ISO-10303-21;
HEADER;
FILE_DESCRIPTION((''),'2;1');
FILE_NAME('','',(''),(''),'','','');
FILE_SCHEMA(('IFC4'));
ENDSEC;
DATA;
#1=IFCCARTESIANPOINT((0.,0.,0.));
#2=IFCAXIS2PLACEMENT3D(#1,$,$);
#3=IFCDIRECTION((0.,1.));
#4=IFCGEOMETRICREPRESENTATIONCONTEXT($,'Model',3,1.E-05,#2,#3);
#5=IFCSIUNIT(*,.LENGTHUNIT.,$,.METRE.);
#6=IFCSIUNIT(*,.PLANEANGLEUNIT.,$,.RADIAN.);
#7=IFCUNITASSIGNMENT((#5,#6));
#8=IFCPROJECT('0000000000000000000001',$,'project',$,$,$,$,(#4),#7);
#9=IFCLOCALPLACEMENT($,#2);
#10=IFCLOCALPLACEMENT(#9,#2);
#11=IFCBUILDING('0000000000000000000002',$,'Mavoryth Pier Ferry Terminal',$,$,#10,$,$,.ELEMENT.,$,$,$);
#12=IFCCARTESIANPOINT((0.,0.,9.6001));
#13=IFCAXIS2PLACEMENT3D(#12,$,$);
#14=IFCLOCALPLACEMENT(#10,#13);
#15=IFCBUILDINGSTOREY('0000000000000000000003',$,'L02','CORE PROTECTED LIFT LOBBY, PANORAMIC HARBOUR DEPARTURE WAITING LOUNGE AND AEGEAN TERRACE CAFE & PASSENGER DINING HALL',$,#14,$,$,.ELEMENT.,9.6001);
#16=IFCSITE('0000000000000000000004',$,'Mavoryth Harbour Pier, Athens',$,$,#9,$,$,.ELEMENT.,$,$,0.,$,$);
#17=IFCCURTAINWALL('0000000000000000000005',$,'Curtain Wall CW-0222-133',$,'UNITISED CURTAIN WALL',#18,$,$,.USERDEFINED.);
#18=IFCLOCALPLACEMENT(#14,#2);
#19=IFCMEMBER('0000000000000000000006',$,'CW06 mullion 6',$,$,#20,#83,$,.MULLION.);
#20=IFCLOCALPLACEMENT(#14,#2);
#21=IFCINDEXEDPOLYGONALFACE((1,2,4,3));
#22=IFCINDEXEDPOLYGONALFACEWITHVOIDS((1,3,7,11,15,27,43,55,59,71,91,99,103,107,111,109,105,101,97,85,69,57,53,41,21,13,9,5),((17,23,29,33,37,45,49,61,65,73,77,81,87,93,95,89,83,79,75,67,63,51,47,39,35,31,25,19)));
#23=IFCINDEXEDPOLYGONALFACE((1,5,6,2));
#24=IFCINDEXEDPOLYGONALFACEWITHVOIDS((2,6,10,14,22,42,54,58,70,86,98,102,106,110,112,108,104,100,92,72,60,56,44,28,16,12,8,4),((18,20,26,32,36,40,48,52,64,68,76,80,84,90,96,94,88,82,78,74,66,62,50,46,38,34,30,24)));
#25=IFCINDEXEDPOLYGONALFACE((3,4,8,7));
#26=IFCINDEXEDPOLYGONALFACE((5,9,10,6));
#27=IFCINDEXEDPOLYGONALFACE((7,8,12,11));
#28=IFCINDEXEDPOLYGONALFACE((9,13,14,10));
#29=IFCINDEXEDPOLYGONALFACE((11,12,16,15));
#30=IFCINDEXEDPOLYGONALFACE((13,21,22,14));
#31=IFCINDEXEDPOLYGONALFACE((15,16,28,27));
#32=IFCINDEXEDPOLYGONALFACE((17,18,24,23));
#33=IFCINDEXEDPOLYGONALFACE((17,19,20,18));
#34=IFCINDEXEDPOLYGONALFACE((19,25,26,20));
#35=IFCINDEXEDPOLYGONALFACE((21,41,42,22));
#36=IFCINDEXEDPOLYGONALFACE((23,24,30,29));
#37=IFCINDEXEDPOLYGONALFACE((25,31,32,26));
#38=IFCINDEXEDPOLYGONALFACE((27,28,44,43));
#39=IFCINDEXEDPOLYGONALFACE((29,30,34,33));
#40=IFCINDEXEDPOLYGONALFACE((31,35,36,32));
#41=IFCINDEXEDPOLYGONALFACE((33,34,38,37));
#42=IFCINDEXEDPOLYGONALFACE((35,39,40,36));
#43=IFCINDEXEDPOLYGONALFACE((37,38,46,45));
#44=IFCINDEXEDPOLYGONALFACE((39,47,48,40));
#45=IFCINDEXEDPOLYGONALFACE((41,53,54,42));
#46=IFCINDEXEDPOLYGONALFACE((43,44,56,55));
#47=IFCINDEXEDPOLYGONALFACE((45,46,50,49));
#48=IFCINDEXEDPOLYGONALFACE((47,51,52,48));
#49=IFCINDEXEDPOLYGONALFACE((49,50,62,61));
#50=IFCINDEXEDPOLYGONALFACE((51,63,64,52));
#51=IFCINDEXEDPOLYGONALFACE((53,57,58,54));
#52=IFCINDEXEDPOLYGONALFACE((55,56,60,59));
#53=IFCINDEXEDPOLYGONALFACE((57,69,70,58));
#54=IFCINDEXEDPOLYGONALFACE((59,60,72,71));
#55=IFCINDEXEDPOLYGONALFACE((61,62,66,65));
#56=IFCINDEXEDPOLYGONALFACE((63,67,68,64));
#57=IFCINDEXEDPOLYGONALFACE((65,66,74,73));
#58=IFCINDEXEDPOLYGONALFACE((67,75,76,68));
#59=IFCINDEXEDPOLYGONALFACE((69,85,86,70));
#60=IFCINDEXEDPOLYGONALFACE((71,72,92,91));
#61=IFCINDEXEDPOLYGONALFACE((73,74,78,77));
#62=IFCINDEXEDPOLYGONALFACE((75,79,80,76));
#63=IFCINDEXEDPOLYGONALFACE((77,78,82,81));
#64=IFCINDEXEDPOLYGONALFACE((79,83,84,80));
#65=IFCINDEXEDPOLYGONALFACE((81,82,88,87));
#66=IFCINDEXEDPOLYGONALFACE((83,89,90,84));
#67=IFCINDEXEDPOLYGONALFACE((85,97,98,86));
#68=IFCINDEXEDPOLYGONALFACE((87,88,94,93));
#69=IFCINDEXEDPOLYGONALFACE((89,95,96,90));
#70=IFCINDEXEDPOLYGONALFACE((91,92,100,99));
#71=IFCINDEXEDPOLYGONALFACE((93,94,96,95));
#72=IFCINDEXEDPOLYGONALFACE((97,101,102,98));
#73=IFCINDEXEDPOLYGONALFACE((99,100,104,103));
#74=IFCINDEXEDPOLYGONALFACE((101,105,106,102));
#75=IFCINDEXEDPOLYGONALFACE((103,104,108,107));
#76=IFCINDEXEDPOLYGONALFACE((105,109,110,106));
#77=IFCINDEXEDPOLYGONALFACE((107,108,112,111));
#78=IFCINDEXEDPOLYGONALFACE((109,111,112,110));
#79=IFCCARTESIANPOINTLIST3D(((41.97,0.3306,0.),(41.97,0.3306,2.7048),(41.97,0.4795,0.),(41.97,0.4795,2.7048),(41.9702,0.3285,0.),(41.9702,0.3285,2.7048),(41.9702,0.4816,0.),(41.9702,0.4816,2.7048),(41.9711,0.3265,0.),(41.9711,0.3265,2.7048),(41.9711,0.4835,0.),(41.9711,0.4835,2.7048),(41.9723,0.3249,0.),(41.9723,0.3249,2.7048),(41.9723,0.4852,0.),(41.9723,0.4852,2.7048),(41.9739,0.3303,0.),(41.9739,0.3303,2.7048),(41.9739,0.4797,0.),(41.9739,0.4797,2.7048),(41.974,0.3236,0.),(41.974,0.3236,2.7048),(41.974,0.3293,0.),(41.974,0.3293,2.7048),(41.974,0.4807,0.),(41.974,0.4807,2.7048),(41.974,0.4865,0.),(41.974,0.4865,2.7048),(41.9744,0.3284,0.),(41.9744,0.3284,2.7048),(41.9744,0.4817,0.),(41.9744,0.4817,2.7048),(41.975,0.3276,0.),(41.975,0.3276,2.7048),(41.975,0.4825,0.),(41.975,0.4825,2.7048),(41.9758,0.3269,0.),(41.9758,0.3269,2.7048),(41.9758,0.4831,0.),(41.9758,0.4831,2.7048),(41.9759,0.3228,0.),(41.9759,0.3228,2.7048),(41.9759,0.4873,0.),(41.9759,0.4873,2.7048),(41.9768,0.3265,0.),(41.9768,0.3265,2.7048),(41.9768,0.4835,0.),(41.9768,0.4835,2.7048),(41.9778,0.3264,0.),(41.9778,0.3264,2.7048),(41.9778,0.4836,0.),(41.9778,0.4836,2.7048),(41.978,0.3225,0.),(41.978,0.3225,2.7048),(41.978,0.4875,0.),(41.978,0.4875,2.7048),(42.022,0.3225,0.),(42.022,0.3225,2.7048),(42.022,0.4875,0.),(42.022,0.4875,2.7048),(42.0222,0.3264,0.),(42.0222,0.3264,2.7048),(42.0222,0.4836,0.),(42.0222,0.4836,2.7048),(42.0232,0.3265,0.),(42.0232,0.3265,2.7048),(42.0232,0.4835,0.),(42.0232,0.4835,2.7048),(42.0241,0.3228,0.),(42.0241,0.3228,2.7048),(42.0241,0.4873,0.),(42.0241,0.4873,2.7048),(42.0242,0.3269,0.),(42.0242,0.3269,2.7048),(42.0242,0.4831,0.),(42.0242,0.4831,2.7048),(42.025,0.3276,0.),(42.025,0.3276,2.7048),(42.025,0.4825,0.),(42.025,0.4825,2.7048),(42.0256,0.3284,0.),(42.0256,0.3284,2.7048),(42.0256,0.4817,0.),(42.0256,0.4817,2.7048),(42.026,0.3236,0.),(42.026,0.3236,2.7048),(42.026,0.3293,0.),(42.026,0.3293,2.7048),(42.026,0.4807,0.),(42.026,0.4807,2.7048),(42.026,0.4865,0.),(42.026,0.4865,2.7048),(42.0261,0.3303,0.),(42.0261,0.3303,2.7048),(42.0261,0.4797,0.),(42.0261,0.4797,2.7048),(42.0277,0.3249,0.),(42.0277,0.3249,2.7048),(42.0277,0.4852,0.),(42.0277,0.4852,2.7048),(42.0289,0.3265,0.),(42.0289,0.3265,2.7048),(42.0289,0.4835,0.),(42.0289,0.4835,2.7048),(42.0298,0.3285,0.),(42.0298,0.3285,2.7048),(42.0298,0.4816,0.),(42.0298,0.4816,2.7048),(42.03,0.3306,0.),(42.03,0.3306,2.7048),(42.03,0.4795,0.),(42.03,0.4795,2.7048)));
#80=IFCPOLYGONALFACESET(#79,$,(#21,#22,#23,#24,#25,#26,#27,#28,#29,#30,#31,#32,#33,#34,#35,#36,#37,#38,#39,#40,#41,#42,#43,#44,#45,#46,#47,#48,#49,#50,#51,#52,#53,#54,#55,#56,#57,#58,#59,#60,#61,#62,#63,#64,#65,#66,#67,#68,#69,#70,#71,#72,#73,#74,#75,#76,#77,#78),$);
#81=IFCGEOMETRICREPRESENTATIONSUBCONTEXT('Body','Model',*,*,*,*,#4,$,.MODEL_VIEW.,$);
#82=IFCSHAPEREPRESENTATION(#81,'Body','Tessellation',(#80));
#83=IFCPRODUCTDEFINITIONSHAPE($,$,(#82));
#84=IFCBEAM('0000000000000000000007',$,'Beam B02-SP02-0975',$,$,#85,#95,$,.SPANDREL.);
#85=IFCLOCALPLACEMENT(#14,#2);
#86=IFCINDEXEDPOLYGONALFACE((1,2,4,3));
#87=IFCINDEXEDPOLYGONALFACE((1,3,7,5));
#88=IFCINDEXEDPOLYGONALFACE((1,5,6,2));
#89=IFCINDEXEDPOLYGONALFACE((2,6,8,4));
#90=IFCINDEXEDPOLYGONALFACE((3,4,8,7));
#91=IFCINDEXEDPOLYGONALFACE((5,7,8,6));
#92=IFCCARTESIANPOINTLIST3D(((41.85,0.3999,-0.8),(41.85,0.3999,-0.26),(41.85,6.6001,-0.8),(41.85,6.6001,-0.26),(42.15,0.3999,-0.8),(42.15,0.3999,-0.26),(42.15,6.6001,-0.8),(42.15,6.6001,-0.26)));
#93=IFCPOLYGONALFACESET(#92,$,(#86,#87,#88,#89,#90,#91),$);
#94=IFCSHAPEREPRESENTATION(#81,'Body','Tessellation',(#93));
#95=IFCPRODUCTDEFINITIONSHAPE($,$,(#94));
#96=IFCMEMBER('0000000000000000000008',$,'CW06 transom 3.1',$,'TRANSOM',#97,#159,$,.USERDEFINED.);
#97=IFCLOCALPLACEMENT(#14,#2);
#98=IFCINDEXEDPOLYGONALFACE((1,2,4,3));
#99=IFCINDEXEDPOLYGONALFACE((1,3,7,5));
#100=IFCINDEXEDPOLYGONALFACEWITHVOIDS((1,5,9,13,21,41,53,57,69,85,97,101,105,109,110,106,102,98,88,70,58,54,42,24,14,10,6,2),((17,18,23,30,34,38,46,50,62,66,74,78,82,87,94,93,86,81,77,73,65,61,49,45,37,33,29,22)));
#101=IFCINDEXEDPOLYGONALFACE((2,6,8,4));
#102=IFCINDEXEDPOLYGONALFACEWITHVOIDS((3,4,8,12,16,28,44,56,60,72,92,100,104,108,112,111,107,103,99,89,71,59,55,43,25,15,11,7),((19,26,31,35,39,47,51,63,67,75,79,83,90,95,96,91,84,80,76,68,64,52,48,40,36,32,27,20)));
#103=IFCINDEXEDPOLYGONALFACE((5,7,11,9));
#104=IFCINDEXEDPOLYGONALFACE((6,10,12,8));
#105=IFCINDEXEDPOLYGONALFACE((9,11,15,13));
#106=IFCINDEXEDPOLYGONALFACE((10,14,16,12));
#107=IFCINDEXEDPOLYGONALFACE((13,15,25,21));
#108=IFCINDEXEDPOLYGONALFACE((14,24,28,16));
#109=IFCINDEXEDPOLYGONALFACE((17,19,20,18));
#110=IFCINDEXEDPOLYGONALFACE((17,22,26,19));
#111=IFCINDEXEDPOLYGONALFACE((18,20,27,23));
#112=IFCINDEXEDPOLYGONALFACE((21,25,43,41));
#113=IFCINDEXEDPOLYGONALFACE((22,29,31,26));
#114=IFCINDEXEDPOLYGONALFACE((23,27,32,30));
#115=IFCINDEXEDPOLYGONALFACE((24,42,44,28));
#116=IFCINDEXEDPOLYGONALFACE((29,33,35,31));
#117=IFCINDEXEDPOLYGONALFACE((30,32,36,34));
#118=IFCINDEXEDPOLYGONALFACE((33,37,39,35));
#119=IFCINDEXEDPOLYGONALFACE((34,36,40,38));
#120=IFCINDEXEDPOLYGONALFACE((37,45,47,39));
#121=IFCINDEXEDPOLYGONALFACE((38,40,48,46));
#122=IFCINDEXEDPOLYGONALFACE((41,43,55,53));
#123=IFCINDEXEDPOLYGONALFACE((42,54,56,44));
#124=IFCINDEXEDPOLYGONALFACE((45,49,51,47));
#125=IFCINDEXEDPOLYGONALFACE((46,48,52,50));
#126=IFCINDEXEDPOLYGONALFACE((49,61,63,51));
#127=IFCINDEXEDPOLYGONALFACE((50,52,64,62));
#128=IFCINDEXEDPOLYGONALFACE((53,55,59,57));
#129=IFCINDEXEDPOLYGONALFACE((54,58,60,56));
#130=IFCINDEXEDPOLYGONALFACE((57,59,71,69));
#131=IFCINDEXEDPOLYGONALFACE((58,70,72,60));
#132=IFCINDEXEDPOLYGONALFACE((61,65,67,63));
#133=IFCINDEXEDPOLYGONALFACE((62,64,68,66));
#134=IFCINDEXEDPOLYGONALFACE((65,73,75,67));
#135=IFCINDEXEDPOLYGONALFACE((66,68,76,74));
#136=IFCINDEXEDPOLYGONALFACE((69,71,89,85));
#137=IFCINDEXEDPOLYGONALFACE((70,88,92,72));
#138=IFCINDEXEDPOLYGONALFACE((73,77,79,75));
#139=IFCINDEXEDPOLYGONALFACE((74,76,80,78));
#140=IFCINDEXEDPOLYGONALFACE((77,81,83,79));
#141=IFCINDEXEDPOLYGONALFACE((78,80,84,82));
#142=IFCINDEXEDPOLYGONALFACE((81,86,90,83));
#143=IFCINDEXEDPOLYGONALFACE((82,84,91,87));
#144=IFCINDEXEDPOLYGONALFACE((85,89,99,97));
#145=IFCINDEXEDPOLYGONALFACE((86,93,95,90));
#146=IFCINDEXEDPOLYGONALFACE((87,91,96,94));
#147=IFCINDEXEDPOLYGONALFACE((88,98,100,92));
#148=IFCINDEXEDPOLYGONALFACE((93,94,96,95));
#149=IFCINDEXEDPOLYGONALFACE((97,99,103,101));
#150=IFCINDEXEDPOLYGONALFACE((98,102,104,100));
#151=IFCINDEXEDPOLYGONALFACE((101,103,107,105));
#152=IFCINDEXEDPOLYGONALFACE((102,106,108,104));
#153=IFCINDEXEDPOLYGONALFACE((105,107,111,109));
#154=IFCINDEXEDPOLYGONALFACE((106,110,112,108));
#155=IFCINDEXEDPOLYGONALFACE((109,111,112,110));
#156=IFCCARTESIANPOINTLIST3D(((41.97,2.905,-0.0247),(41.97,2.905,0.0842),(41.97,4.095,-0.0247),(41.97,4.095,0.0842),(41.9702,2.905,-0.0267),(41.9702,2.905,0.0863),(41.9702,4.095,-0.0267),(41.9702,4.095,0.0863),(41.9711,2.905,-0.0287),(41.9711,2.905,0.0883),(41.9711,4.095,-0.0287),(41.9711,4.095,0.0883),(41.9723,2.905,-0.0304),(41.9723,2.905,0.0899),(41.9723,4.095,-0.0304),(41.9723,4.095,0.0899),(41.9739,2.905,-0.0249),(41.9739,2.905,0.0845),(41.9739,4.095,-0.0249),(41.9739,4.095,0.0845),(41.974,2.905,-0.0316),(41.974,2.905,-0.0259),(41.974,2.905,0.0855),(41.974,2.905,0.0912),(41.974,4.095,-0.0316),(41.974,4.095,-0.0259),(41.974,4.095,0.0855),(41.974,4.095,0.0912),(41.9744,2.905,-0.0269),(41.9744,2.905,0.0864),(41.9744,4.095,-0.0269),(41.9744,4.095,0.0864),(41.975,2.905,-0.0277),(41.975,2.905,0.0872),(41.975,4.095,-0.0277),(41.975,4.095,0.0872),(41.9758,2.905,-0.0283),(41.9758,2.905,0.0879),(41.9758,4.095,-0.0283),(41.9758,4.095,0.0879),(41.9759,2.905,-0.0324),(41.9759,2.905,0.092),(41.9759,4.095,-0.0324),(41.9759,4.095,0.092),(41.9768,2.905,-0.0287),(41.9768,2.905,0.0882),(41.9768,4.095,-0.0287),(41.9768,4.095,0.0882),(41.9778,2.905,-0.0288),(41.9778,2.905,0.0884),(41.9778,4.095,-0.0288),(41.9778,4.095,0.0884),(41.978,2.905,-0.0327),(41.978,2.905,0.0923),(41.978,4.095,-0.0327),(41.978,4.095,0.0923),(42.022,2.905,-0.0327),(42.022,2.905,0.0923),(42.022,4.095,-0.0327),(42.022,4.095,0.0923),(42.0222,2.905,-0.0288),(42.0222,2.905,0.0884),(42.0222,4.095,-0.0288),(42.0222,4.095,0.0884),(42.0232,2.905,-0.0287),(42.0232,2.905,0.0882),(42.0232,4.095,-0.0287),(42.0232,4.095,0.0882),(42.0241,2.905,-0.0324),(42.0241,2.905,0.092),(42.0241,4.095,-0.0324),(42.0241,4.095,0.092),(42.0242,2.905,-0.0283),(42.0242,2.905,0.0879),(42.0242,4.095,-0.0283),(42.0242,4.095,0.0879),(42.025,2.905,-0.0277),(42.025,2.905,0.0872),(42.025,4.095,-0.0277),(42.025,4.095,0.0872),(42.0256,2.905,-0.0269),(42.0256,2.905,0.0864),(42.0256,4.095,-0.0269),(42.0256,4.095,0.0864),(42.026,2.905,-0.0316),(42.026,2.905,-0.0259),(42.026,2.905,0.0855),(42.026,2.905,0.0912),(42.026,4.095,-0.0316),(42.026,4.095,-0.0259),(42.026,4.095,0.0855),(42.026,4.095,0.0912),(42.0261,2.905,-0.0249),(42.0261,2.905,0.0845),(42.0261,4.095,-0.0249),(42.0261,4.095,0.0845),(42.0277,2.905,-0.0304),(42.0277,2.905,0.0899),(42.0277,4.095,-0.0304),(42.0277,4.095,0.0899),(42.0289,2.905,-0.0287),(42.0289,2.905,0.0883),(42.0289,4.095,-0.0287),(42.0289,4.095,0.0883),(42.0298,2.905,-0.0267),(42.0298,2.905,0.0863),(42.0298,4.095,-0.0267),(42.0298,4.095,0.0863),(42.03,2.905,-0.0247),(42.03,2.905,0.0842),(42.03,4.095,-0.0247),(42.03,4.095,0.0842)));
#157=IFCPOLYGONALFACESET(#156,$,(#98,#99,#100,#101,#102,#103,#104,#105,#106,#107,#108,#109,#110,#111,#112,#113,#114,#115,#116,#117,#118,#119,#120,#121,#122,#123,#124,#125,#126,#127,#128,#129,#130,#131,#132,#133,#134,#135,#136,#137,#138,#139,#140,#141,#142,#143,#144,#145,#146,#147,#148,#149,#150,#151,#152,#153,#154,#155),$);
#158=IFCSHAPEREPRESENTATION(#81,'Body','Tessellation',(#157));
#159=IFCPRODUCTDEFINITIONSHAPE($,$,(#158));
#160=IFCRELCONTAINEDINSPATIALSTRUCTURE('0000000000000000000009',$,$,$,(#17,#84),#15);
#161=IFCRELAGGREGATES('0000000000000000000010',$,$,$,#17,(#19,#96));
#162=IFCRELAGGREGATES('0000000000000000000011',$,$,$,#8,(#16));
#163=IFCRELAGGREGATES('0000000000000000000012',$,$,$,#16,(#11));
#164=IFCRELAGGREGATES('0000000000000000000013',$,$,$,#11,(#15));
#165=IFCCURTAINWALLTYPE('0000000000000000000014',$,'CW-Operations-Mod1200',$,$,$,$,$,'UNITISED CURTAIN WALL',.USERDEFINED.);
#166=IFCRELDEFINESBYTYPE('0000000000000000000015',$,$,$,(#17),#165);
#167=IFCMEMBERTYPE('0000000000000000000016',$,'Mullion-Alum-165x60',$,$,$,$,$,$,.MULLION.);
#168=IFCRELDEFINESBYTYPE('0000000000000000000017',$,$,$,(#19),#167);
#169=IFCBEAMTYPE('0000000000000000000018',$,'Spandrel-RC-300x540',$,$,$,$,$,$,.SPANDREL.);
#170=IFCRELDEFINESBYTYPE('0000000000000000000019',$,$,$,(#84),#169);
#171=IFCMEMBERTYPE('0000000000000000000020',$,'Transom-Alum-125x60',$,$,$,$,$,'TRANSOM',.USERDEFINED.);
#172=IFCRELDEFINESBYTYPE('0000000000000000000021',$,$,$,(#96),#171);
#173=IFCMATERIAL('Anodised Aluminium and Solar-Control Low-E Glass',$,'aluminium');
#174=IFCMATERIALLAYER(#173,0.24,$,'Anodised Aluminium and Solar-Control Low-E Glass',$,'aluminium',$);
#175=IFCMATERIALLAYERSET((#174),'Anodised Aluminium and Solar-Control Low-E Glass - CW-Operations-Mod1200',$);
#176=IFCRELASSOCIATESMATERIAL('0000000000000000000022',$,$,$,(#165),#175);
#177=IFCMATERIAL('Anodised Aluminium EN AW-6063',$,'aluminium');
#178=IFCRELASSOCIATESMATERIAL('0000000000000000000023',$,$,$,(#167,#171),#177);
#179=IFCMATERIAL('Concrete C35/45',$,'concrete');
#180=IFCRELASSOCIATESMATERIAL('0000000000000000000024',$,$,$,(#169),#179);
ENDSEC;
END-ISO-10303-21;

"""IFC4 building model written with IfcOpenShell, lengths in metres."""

from ifc_helpers import new_model, si_unit, direction, frame, origin, origin_2d, place, context, subcontext, project, spatial, rectangle, hollow_rectangle, extrude, material, layer, layer_set, material_profile, profile_set, type_object, element, aggregate, save


model = new_model("IFC4")

# Units and contexts
model_context = context("Model", 3, precision=1e-05, world=origin(), true_north=direction((0.0, 1.0)))
body_context = subcontext(model_context, "Body", "Model", "MODEL_VIEW")
ifc_project = project(units=[si_unit("LENGTHUNIT", "METRE"), si_unit("PLANEANGLEUNIT", "RADIAN")], contexts=[model_context])

# Site, building, storey
site_placement = place(None, origin())
site = spatial("IfcSite", under=ifc_project, at=site_placement, Name="Mavoryth Harbour Pier, Athens", CompositionType="ELEMENT", RefElevation=0.0)
building_placement = place(site_placement, origin())
building = spatial("IfcBuilding", under=site, at=building_placement, Name="Mavoryth Pier Ferry Terminal", CompositionType="ELEMENT")
storey_placement = place(building_placement, frame((0.0, 0.0, 9.6001)))
storey = spatial("IfcBuildingStorey", under=building, at=storey_placement, Name="L02", Description="CORE PROTECTED LIFT LOBBY, PANORAMIC HARBOUR DEPARTURE WAITING LOUNGE AND AEGEAN TERRACE CAFE & PASSENGER DINING HALL", CompositionType="ELEMENT", Elevation=9.6001)

# Curtain wall, member
ifc_material_1 = material(Name="Anodised Aluminium and Solar-Control Low-E Glass", Category="aluminium")
ifc_layer_1 = layer(ifc_material_1, 0.24, Name="Anodised Aluminium and Solar-Control Low-E Glass", Category="aluminium")
ifc_layer_set_1 = layer_set([ifc_layer_1], Name="Anodised Aluminium and Solar-Control Low-E Glass - CW-Operations-Mod1200")
curtain_wall_type = type_object("IfcCurtainWallType", Name="CW-Operations-Mod1200", ElementType="UNITISED CURTAIN WALL", PredefinedType="USERDEFINED", material=ifc_layer_set_1)
curtain_wall_placement = place(storey_placement, origin())
curtain_wall = element("IfcCurtainWall", 1, at=curtain_wall_placement, inside=storey, type_object=curtain_wall_type, Name="Curtain Wall CW-0222-133", ObjectType="UNITISED CURTAIN WALL", PredefinedType="USERDEFINED")
ifc_material_2 = material(Name="Anodised Aluminium EN AW-6063", Category="aluminium")
ifc_material_profile_1 = material_profile(ifc_material_2, hollow_rectangle(XDim=0.0601, YDim=0.165, WallThickness=0.0039, InnerFilletRadius=0.0039, OuterFilletRadius=0.0081, at=origin_2d()), Name="AL-MULL 165x60x4", Category="aluminium")
ifc_profile_set_1 = profile_set([ifc_material_profile_1], Name="Anodised Aluminium EN AW-6063 - AL-MULL 165x60x4")
member_type_1 = type_object("IfcMemberType", Name="Mullion-Alum-165x60", PredefinedType="MULLION", material=ifc_profile_set_1)
member_1_placement = place(storey_placement, frame((42.0, 0.405, 0.0), z_axis=(0.0, 0.0, 1.0), x_axis=(1.0, 0.0, 0.0)))
member_1 = element("IfcMember", 2, at=member_1_placement, type_object=member_type_1, Name="CW06 mullion 6", PredefinedType="MULLION", context=body_context, shape_type="SweptSolid", body=[
    extrude(hollow_rectangle(XDim=0.0601, YDim=0.165, WallThickness=0.0039, InnerFilletRadius=0.0039, OuterFilletRadius=0.0081, at=origin_2d()), origin(), (0.0, 0.0, 1.0), 2.7048),
])

# Beam
ifc_material_3 = material(Name="Concrete C35/45", Category="concrete")
ifc_material_profile_2 = material_profile(ifc_material_3, rectangle(XDim=0.3, YDim=0.54, at=origin_2d()), Name="RC 300x540", Category="concrete")
ifc_profile_set_2 = profile_set([ifc_material_profile_2], Name="Concrete C35/45 - RC 300x540")
beam_type = type_object("IfcBeamType", Name="Spandrel-RC-300x540", PredefinedType="SPANDREL", material=ifc_profile_set_2)
beam_placement = place(storey_placement, frame((42.0, 0.3999, -0.53), z_axis=(0.0, 1.0, 0.0), x_axis=(-1.0, 0.0, 0.0)))
element("IfcBeam", 3, at=beam_placement, inside=storey, type_object=beam_type, Name="Beam B02-SP02-0975", PredefinedType="SPANDREL", context=body_context, shape_type="SweptSolid", body=[
    extrude(rectangle(XDim=0.3, YDim=0.54, at=origin_2d()), origin(), (0.0, 0.0, 1.0), 6.2002),
])

# Member
ifc_material_profile_3 = material_profile(ifc_material_2, hollow_rectangle(XDim=0.0601, YDim=0.125, WallThickness=0.0039, InnerFilletRadius=0.0039, OuterFilletRadius=0.0081, at=origin_2d()), Name="AL-TRAN 125x60x4", Category="aluminium")
ifc_profile_set_3 = profile_set([ifc_material_profile_3], Name="Anodised Aluminium EN AW-6063 - AL-TRAN 125x60x4")
member_type_2 = type_object("IfcMemberType", Name="Transom-Alum-125x60", ElementType="TRANSOM", PredefinedType="USERDEFINED", material=ifc_profile_set_3)
member_2_placement = place(storey_placement, frame((42.0, 4.095, 0.0298), z_axis=(0.0, -1.0, 0.0), x_axis=(1.0, 0.0, 0.0)))
member_2 = element("IfcMember", 4, at=member_2_placement, type_object=member_type_2, Name="CW06 transom 3.1", ObjectType="TRANSOM", PredefinedType="USERDEFINED", context=body_context, shape_type="SweptSolid", body=[
    extrude(hollow_rectangle(XDim=0.0601, YDim=0.125, WallThickness=0.0039, InnerFilletRadius=0.0039, OuterFilletRadius=0.0081, at=origin_2d()), origin(), (0.0, 0.0, 1.0), 1.1899),
])

aggregate(curtain_wall, [member_1, member_2])

save(model, "model.ifc")
